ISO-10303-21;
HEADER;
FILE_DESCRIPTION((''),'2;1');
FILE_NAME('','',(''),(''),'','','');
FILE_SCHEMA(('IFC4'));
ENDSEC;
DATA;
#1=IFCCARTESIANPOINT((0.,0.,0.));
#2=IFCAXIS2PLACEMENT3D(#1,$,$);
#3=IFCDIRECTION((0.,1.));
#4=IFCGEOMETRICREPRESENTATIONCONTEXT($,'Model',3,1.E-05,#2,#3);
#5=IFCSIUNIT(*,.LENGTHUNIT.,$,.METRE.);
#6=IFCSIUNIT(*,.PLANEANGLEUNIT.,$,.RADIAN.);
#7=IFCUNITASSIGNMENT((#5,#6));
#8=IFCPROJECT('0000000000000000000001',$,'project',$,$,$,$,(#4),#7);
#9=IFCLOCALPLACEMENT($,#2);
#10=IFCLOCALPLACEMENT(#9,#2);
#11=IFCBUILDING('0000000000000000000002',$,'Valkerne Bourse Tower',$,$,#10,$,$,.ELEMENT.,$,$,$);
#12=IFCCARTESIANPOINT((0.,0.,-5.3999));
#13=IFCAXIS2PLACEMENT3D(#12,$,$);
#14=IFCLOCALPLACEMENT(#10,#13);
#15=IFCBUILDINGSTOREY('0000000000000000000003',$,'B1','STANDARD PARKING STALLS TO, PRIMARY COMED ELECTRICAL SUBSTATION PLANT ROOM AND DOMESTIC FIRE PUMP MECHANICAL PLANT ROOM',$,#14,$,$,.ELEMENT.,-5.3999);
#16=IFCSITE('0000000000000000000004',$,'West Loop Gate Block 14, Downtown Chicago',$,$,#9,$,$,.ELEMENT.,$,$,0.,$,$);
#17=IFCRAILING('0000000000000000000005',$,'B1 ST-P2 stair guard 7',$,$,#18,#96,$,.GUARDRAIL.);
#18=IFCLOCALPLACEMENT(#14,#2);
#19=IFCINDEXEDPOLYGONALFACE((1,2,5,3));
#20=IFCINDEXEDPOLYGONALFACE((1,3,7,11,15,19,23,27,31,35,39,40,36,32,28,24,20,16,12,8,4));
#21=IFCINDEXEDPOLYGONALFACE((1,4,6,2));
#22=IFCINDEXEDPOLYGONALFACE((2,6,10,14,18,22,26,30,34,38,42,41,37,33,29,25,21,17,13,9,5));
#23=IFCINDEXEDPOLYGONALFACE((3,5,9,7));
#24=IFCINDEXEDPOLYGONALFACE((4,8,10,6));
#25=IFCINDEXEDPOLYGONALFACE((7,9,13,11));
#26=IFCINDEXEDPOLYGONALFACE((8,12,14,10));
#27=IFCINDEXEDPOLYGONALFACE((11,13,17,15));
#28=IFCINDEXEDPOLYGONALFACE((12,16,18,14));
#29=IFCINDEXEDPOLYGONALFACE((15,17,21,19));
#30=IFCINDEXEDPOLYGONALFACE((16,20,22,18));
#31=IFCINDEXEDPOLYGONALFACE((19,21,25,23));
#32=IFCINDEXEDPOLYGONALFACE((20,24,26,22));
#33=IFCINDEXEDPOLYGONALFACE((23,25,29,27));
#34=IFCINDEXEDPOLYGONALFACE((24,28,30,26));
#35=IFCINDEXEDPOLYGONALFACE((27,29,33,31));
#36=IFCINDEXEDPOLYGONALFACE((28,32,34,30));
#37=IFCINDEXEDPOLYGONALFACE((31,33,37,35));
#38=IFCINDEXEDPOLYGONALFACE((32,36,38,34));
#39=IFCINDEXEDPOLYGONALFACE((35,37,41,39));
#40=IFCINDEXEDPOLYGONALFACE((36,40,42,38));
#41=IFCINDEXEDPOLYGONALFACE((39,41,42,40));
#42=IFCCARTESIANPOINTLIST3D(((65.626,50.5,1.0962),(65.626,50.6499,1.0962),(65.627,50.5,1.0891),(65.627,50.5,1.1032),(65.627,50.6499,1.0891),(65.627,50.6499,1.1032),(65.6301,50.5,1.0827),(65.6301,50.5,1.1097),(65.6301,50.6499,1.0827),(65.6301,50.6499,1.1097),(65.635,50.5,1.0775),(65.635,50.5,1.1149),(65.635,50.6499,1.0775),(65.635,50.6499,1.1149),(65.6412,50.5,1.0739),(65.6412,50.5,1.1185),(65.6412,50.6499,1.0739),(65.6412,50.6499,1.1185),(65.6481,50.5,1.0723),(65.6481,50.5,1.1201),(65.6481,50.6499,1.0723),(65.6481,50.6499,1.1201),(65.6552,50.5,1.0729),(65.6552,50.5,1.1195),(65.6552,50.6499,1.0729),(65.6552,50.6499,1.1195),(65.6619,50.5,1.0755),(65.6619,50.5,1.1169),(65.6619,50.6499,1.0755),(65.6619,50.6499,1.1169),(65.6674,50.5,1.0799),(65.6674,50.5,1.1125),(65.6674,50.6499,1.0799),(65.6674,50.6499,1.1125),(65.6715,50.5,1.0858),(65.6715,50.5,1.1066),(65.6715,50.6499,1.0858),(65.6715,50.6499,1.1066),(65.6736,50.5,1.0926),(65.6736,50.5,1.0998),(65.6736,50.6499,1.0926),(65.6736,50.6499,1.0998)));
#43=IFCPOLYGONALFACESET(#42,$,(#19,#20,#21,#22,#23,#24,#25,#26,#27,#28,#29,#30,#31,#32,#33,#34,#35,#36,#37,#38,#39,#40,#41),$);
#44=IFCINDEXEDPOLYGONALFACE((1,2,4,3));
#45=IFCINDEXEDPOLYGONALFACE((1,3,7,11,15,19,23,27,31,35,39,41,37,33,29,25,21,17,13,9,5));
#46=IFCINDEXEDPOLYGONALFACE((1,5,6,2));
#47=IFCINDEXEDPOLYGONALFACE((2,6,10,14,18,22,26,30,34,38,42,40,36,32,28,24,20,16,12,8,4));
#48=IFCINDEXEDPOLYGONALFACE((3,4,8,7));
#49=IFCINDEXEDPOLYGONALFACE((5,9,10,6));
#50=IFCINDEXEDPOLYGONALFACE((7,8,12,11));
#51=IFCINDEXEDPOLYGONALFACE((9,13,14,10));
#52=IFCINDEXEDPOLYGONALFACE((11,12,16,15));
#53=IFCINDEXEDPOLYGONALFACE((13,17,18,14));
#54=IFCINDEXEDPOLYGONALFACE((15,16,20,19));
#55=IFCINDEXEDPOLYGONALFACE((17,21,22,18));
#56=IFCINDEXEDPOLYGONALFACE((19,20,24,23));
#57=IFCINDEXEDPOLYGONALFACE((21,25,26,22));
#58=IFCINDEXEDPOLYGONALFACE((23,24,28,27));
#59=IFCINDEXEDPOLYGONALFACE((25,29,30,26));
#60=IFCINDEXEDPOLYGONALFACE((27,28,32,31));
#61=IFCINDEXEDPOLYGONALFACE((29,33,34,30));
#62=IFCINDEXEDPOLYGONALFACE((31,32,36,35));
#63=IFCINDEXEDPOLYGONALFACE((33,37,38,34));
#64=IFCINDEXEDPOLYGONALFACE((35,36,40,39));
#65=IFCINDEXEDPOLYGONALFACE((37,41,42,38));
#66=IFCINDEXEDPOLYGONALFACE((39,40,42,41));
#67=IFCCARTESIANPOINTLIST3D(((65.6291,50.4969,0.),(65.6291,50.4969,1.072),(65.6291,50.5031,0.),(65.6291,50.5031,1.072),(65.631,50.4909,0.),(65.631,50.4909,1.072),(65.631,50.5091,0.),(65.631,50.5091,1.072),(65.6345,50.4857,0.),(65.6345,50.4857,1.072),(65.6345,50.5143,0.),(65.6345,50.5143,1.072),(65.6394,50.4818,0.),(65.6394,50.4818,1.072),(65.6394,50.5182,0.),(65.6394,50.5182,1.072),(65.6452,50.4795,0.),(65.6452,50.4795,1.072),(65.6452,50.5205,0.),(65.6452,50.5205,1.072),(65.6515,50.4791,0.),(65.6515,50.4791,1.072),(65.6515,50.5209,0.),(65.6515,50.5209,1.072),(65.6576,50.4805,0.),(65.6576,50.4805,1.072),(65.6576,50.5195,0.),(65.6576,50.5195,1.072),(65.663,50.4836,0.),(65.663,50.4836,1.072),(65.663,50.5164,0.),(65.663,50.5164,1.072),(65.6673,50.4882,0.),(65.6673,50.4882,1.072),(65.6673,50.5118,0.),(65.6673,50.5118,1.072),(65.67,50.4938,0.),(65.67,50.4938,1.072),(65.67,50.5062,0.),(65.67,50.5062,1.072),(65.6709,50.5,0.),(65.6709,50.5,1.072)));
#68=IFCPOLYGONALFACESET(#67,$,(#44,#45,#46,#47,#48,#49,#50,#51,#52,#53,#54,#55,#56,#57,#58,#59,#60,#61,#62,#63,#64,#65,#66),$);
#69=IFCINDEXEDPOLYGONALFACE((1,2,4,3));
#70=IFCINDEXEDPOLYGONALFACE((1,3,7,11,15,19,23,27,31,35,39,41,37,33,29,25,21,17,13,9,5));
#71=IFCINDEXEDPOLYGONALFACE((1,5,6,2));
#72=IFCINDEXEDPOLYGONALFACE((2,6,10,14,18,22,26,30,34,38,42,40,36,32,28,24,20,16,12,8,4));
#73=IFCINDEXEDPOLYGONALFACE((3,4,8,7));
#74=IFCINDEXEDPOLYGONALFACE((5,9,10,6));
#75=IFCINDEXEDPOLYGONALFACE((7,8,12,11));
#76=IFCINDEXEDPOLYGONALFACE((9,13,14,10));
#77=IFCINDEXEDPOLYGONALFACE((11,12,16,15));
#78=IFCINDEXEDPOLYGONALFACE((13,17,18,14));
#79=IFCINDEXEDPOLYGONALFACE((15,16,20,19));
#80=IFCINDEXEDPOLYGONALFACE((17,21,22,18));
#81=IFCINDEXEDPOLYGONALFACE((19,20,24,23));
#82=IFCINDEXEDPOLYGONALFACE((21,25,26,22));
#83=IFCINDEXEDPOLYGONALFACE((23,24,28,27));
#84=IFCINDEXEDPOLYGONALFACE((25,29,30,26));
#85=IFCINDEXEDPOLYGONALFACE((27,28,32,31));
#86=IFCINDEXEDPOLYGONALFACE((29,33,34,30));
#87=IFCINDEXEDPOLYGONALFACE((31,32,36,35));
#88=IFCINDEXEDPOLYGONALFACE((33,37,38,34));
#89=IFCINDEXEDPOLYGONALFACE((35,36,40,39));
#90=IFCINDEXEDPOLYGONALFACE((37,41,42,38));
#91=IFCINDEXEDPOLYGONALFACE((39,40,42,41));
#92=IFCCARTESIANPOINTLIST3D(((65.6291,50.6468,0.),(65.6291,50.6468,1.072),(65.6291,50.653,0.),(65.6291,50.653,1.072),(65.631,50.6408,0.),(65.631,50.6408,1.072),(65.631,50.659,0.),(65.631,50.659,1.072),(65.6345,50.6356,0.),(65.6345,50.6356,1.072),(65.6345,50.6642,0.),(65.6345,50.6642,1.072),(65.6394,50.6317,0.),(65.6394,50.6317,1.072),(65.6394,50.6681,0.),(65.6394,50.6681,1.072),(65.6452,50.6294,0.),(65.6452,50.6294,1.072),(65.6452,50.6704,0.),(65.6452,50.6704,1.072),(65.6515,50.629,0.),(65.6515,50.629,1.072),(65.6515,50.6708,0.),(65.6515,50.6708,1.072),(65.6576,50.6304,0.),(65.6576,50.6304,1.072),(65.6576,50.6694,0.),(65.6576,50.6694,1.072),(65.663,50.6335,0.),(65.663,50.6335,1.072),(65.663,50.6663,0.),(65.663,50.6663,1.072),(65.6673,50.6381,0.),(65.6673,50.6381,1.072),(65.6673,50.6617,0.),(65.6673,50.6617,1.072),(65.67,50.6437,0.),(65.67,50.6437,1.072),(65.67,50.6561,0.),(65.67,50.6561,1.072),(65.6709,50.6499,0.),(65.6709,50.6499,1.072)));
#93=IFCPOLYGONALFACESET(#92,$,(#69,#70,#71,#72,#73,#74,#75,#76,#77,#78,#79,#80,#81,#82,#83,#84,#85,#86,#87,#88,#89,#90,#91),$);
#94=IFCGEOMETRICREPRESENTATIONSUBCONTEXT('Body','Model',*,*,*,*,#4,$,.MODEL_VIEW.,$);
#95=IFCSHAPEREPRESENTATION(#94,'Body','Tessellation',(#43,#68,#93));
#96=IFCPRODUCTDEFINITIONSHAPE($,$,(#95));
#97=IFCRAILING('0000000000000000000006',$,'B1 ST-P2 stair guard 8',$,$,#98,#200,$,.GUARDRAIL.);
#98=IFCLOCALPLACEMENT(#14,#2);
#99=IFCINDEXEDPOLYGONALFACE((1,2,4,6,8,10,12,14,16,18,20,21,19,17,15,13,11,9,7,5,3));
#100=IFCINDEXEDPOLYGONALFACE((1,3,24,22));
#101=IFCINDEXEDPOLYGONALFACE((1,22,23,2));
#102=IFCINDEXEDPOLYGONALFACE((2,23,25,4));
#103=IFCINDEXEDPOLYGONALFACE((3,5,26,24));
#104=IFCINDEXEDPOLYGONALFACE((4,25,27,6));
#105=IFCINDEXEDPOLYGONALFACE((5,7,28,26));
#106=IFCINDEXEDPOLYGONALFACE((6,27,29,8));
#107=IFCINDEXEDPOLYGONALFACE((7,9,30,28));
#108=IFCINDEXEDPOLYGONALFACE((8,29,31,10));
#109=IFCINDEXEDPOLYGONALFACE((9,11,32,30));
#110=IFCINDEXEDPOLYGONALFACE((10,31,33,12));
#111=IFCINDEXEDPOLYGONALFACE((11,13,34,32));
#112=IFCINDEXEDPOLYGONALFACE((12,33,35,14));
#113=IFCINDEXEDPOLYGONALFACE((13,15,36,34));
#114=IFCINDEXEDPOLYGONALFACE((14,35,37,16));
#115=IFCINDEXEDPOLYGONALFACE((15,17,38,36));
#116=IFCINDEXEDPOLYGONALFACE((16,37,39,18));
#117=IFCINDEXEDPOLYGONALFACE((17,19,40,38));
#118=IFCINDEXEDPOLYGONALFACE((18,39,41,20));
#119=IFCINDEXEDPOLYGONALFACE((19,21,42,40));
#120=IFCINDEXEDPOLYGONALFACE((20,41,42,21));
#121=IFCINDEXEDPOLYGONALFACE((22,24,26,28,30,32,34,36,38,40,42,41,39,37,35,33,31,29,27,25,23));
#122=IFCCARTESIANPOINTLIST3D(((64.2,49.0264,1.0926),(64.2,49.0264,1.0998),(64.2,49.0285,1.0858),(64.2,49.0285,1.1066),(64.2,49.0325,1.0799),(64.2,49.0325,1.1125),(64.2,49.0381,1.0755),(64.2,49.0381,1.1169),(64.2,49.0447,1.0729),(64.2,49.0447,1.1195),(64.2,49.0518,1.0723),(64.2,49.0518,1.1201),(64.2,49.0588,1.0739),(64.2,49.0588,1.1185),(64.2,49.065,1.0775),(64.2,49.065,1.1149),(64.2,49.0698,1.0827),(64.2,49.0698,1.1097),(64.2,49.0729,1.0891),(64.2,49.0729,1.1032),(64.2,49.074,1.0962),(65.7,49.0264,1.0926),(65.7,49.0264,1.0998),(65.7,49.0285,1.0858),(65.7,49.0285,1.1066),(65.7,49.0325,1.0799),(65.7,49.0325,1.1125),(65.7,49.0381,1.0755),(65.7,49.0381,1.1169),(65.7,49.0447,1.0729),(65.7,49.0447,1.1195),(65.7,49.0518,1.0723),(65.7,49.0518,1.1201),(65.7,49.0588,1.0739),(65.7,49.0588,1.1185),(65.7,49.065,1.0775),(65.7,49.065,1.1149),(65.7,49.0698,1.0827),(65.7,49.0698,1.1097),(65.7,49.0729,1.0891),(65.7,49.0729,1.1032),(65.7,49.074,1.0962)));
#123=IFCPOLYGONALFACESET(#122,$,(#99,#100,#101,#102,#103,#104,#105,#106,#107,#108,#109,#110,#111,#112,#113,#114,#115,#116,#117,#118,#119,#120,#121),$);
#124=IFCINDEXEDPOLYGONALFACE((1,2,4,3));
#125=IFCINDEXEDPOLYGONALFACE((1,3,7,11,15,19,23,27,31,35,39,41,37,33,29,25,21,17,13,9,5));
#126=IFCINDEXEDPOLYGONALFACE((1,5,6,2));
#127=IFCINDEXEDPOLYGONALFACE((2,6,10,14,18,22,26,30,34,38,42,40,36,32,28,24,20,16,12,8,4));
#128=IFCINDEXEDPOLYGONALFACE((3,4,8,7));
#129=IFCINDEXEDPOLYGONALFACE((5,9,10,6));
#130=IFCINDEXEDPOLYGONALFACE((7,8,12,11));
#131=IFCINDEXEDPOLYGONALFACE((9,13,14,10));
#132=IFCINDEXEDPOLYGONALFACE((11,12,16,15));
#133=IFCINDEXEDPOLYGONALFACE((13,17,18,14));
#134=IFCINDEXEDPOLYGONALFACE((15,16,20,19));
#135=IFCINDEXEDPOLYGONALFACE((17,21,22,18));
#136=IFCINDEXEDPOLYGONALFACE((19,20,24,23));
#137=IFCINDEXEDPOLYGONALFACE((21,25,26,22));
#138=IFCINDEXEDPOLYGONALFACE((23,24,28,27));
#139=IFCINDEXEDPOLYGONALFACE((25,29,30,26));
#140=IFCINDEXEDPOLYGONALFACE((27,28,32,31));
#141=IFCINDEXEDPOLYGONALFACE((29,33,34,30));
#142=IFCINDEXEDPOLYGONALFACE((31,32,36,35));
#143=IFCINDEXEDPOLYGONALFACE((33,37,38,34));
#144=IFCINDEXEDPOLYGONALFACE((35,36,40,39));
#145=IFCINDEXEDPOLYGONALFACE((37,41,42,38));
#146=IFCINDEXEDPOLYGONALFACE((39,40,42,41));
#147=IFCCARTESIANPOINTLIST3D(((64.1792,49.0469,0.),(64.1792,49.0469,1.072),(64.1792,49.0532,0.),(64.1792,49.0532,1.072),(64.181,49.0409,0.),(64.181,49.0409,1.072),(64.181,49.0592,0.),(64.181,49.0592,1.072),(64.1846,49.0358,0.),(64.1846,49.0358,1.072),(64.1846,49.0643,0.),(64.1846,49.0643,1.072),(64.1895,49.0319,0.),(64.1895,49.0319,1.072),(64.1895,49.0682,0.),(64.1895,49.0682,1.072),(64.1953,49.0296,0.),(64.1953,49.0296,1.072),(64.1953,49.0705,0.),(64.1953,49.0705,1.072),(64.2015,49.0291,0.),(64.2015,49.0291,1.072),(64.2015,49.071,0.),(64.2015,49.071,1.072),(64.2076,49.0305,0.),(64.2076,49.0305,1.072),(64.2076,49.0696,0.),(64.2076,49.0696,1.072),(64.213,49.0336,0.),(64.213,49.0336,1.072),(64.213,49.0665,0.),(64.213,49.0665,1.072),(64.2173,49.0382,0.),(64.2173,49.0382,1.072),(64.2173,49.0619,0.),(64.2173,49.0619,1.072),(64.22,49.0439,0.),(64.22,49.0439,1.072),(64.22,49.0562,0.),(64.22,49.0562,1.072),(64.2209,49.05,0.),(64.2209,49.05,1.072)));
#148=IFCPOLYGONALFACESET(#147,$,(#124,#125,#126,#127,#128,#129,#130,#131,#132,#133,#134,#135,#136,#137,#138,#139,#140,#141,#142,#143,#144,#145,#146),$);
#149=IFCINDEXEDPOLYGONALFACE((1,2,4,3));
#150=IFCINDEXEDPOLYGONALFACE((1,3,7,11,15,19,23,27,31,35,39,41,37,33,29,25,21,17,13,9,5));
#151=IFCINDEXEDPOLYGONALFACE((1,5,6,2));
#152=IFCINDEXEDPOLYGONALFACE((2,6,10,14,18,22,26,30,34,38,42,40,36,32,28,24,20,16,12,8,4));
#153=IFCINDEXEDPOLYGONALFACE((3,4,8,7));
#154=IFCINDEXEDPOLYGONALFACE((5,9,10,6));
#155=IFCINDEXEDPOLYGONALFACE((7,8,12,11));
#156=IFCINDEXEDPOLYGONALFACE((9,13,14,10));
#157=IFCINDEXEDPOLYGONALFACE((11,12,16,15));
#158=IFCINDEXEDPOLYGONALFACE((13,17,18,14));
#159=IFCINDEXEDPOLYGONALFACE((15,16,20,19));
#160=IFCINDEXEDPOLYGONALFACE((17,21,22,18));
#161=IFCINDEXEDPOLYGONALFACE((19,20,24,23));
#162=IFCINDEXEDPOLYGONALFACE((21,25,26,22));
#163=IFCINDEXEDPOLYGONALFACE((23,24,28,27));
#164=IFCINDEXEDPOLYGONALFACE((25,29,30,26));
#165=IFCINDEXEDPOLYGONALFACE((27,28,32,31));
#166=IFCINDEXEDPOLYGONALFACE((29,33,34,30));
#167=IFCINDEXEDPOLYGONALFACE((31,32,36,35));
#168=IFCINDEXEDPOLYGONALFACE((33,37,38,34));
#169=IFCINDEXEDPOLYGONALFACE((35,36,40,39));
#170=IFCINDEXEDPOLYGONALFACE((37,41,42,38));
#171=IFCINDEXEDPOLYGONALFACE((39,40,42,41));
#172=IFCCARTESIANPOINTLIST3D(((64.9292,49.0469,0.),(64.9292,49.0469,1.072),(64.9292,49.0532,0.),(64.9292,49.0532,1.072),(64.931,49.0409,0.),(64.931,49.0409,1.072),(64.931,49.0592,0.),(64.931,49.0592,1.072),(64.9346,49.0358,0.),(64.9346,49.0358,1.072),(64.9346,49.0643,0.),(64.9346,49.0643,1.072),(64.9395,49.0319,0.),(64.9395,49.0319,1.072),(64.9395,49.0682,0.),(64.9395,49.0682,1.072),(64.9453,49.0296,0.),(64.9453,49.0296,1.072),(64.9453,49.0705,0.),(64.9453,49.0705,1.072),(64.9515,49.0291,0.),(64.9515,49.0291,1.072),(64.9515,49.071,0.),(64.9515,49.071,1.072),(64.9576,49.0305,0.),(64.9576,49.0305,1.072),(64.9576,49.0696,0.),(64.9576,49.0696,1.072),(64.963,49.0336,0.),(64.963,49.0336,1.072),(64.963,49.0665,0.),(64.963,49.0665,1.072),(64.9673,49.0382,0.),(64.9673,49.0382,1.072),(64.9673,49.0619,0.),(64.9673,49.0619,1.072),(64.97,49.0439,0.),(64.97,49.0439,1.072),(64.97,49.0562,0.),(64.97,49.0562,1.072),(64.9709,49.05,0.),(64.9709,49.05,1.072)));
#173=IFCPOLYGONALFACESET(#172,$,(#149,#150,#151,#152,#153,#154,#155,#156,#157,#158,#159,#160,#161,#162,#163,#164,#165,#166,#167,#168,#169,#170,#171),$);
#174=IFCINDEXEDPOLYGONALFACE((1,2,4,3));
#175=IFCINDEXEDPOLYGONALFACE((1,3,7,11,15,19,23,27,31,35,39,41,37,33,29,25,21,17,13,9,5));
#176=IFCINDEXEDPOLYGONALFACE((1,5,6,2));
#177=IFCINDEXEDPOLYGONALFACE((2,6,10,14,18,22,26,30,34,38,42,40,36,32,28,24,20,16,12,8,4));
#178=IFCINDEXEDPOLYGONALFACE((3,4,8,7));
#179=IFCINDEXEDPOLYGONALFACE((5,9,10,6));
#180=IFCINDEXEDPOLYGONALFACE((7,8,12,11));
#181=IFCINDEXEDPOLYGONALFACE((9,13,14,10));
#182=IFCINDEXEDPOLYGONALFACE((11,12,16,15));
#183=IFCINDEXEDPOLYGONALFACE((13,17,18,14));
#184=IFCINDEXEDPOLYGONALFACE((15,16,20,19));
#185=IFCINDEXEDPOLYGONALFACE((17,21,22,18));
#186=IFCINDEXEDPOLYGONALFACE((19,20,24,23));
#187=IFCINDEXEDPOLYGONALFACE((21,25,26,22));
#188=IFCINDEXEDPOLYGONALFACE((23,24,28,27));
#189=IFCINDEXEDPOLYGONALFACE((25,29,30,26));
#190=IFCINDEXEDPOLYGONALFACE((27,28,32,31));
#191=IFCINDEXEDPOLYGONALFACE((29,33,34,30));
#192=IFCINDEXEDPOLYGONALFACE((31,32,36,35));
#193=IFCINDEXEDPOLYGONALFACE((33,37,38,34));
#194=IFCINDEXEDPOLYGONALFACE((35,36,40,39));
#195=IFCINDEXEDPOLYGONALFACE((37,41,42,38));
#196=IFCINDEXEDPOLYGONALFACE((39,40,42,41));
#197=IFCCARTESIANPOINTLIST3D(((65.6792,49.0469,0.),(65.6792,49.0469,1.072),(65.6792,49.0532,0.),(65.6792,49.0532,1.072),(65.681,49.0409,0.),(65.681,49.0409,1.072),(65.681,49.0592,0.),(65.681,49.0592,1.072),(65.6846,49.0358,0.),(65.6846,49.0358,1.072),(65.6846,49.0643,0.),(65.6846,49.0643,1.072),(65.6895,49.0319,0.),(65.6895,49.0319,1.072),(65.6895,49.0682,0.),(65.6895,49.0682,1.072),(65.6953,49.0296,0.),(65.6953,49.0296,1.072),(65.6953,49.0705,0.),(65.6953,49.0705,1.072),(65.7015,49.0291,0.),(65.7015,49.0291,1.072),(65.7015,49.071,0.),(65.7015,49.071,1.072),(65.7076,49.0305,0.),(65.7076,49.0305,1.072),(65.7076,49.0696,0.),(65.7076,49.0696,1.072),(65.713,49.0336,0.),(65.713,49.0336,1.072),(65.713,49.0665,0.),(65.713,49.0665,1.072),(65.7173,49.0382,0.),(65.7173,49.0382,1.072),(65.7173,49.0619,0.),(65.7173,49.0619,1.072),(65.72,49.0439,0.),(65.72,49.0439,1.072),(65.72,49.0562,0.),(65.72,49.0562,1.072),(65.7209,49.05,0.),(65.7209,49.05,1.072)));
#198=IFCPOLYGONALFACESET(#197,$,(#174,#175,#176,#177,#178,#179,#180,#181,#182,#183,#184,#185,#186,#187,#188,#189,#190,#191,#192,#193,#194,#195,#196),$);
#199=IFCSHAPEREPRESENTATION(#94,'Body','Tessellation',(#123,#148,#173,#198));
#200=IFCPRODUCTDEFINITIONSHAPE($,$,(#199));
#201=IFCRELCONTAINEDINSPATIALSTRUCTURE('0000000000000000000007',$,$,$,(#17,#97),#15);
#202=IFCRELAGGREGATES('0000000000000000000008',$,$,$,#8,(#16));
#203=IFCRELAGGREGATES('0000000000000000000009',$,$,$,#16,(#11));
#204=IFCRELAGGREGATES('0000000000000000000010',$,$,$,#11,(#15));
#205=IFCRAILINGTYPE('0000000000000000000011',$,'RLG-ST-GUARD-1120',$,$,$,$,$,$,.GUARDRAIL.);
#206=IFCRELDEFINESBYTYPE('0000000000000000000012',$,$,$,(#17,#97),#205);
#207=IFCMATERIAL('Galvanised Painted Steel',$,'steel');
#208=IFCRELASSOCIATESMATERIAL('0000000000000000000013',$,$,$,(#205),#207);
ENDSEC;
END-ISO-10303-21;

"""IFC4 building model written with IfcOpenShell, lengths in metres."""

from ifc_helpers import new_model, si_unit, direction, frame, origin, origin_2d, place, context, subcontext, project, spatial, circle, extrude, material, type_object, element, save


model = new_model("IFC4")

# Units and contexts
model_context = context("Model", 3, precision=1e-05, world=origin(), true_north=direction((0.0, 1.0)))
body_context = subcontext(model_context, "Body", "Model", "MODEL_VIEW")
ifc_project = project(units=[si_unit("LENGTHUNIT", "METRE"), si_unit("PLANEANGLEUNIT", "RADIAN")], contexts=[model_context])

# Site, building, storey
site_placement = place(None, origin())
site = spatial("IfcSite", under=ifc_project, at=site_placement, Name="West Loop Gate Block 14, Downtown Chicago", CompositionType="ELEMENT", RefElevation=0.0)
building_placement = place(site_placement, origin())
building = spatial("IfcBuilding", under=site, at=building_placement, Name="Valkerne Bourse Tower", CompositionType="ELEMENT")
storey_placement = place(building_placement, frame((0.0, 0.0, -5.3999)))
storey = spatial("IfcBuildingStorey", under=building, at=storey_placement, Name="B1", Description="STANDARD PARKING STALLS TO, PRIMARY COMED ELECTRICAL SUBSTATION PLANT ROOM AND DOMESTIC FIRE PUMP MECHANICAL PLANT ROOM", CompositionType="ELEMENT", Elevation=-5.3999)

# Shared definitions
ifc_material_1 = material(Name="Galvanised Painted Steel", Category="steel")

# Railings
railing_type_1 = type_object("IfcRailingType", Name="RLG-ST-GUARD-1120", PredefinedType="GUARDRAIL", material=ifc_material_1)
railing_1_placement = place(storey_placement, frame((65.6499, 50.5, 0.0)))
element("IfcRailing", 1, at=railing_1_placement, inside=storey, type_object=railing_type_1, Name="B1 ST-P2 stair guard 7", PredefinedType="GUARDRAIL", context=body_context, shape_type="SweptSolid", body=[
    extrude(circle(Radius=0.0239, at=origin_2d()), frame((0.0, 0.0, 1.0962), z_axis=(0.0, 1.0, 0.0), x_axis=(-1.0, 0.0, 0.0)), (0.0, 0.0, 1.0), 0.1499),
    extrude(circle(Radius=0.021, at=origin_2d()), origin(), (0.0, 0.0, 1.0), 1.072),
    extrude(circle(Radius=0.021, at=origin_2d()), frame((0.0, 0.1499, 0.0)), (0.0, 0.0, 1.0), 1.072),
])
for number, where, name in (
    (2, (64.2, 49.05, 0.0), "B1 ST-P2 stair guard 8"),
):
    element("IfcRailing", number, at=place(storey_placement, frame(where)), inside=storey, type_object=railing_type_1, Name=name, PredefinedType="GUARDRAIL", context=body_context, shape_type="SweptSolid", body=[
        extrude(circle(Radius=0.0239, at=origin_2d()), frame((0.0, 0.0, 1.0962), z_axis=(1.0, 0.0, 0.0), x_axis=(0.0, 1.0, 0.0)), (0.0, 0.0, 1.0), 1.5),
        extrude(circle(Radius=0.021, at=origin_2d()), origin(), (0.0, 0.0, 1.0), 1.072),
        extrude(circle(Radius=0.021, at=origin_2d()), frame((0.75, 0.0, 0.0)), (0.0, 0.0, 1.0), 1.072),
        extrude(circle(Radius=0.021, at=origin_2d()), frame((1.5, 0.0, 0.0)), (0.0, 0.0, 1.0), 1.072),
    ])

save(model, "model.ifc")
